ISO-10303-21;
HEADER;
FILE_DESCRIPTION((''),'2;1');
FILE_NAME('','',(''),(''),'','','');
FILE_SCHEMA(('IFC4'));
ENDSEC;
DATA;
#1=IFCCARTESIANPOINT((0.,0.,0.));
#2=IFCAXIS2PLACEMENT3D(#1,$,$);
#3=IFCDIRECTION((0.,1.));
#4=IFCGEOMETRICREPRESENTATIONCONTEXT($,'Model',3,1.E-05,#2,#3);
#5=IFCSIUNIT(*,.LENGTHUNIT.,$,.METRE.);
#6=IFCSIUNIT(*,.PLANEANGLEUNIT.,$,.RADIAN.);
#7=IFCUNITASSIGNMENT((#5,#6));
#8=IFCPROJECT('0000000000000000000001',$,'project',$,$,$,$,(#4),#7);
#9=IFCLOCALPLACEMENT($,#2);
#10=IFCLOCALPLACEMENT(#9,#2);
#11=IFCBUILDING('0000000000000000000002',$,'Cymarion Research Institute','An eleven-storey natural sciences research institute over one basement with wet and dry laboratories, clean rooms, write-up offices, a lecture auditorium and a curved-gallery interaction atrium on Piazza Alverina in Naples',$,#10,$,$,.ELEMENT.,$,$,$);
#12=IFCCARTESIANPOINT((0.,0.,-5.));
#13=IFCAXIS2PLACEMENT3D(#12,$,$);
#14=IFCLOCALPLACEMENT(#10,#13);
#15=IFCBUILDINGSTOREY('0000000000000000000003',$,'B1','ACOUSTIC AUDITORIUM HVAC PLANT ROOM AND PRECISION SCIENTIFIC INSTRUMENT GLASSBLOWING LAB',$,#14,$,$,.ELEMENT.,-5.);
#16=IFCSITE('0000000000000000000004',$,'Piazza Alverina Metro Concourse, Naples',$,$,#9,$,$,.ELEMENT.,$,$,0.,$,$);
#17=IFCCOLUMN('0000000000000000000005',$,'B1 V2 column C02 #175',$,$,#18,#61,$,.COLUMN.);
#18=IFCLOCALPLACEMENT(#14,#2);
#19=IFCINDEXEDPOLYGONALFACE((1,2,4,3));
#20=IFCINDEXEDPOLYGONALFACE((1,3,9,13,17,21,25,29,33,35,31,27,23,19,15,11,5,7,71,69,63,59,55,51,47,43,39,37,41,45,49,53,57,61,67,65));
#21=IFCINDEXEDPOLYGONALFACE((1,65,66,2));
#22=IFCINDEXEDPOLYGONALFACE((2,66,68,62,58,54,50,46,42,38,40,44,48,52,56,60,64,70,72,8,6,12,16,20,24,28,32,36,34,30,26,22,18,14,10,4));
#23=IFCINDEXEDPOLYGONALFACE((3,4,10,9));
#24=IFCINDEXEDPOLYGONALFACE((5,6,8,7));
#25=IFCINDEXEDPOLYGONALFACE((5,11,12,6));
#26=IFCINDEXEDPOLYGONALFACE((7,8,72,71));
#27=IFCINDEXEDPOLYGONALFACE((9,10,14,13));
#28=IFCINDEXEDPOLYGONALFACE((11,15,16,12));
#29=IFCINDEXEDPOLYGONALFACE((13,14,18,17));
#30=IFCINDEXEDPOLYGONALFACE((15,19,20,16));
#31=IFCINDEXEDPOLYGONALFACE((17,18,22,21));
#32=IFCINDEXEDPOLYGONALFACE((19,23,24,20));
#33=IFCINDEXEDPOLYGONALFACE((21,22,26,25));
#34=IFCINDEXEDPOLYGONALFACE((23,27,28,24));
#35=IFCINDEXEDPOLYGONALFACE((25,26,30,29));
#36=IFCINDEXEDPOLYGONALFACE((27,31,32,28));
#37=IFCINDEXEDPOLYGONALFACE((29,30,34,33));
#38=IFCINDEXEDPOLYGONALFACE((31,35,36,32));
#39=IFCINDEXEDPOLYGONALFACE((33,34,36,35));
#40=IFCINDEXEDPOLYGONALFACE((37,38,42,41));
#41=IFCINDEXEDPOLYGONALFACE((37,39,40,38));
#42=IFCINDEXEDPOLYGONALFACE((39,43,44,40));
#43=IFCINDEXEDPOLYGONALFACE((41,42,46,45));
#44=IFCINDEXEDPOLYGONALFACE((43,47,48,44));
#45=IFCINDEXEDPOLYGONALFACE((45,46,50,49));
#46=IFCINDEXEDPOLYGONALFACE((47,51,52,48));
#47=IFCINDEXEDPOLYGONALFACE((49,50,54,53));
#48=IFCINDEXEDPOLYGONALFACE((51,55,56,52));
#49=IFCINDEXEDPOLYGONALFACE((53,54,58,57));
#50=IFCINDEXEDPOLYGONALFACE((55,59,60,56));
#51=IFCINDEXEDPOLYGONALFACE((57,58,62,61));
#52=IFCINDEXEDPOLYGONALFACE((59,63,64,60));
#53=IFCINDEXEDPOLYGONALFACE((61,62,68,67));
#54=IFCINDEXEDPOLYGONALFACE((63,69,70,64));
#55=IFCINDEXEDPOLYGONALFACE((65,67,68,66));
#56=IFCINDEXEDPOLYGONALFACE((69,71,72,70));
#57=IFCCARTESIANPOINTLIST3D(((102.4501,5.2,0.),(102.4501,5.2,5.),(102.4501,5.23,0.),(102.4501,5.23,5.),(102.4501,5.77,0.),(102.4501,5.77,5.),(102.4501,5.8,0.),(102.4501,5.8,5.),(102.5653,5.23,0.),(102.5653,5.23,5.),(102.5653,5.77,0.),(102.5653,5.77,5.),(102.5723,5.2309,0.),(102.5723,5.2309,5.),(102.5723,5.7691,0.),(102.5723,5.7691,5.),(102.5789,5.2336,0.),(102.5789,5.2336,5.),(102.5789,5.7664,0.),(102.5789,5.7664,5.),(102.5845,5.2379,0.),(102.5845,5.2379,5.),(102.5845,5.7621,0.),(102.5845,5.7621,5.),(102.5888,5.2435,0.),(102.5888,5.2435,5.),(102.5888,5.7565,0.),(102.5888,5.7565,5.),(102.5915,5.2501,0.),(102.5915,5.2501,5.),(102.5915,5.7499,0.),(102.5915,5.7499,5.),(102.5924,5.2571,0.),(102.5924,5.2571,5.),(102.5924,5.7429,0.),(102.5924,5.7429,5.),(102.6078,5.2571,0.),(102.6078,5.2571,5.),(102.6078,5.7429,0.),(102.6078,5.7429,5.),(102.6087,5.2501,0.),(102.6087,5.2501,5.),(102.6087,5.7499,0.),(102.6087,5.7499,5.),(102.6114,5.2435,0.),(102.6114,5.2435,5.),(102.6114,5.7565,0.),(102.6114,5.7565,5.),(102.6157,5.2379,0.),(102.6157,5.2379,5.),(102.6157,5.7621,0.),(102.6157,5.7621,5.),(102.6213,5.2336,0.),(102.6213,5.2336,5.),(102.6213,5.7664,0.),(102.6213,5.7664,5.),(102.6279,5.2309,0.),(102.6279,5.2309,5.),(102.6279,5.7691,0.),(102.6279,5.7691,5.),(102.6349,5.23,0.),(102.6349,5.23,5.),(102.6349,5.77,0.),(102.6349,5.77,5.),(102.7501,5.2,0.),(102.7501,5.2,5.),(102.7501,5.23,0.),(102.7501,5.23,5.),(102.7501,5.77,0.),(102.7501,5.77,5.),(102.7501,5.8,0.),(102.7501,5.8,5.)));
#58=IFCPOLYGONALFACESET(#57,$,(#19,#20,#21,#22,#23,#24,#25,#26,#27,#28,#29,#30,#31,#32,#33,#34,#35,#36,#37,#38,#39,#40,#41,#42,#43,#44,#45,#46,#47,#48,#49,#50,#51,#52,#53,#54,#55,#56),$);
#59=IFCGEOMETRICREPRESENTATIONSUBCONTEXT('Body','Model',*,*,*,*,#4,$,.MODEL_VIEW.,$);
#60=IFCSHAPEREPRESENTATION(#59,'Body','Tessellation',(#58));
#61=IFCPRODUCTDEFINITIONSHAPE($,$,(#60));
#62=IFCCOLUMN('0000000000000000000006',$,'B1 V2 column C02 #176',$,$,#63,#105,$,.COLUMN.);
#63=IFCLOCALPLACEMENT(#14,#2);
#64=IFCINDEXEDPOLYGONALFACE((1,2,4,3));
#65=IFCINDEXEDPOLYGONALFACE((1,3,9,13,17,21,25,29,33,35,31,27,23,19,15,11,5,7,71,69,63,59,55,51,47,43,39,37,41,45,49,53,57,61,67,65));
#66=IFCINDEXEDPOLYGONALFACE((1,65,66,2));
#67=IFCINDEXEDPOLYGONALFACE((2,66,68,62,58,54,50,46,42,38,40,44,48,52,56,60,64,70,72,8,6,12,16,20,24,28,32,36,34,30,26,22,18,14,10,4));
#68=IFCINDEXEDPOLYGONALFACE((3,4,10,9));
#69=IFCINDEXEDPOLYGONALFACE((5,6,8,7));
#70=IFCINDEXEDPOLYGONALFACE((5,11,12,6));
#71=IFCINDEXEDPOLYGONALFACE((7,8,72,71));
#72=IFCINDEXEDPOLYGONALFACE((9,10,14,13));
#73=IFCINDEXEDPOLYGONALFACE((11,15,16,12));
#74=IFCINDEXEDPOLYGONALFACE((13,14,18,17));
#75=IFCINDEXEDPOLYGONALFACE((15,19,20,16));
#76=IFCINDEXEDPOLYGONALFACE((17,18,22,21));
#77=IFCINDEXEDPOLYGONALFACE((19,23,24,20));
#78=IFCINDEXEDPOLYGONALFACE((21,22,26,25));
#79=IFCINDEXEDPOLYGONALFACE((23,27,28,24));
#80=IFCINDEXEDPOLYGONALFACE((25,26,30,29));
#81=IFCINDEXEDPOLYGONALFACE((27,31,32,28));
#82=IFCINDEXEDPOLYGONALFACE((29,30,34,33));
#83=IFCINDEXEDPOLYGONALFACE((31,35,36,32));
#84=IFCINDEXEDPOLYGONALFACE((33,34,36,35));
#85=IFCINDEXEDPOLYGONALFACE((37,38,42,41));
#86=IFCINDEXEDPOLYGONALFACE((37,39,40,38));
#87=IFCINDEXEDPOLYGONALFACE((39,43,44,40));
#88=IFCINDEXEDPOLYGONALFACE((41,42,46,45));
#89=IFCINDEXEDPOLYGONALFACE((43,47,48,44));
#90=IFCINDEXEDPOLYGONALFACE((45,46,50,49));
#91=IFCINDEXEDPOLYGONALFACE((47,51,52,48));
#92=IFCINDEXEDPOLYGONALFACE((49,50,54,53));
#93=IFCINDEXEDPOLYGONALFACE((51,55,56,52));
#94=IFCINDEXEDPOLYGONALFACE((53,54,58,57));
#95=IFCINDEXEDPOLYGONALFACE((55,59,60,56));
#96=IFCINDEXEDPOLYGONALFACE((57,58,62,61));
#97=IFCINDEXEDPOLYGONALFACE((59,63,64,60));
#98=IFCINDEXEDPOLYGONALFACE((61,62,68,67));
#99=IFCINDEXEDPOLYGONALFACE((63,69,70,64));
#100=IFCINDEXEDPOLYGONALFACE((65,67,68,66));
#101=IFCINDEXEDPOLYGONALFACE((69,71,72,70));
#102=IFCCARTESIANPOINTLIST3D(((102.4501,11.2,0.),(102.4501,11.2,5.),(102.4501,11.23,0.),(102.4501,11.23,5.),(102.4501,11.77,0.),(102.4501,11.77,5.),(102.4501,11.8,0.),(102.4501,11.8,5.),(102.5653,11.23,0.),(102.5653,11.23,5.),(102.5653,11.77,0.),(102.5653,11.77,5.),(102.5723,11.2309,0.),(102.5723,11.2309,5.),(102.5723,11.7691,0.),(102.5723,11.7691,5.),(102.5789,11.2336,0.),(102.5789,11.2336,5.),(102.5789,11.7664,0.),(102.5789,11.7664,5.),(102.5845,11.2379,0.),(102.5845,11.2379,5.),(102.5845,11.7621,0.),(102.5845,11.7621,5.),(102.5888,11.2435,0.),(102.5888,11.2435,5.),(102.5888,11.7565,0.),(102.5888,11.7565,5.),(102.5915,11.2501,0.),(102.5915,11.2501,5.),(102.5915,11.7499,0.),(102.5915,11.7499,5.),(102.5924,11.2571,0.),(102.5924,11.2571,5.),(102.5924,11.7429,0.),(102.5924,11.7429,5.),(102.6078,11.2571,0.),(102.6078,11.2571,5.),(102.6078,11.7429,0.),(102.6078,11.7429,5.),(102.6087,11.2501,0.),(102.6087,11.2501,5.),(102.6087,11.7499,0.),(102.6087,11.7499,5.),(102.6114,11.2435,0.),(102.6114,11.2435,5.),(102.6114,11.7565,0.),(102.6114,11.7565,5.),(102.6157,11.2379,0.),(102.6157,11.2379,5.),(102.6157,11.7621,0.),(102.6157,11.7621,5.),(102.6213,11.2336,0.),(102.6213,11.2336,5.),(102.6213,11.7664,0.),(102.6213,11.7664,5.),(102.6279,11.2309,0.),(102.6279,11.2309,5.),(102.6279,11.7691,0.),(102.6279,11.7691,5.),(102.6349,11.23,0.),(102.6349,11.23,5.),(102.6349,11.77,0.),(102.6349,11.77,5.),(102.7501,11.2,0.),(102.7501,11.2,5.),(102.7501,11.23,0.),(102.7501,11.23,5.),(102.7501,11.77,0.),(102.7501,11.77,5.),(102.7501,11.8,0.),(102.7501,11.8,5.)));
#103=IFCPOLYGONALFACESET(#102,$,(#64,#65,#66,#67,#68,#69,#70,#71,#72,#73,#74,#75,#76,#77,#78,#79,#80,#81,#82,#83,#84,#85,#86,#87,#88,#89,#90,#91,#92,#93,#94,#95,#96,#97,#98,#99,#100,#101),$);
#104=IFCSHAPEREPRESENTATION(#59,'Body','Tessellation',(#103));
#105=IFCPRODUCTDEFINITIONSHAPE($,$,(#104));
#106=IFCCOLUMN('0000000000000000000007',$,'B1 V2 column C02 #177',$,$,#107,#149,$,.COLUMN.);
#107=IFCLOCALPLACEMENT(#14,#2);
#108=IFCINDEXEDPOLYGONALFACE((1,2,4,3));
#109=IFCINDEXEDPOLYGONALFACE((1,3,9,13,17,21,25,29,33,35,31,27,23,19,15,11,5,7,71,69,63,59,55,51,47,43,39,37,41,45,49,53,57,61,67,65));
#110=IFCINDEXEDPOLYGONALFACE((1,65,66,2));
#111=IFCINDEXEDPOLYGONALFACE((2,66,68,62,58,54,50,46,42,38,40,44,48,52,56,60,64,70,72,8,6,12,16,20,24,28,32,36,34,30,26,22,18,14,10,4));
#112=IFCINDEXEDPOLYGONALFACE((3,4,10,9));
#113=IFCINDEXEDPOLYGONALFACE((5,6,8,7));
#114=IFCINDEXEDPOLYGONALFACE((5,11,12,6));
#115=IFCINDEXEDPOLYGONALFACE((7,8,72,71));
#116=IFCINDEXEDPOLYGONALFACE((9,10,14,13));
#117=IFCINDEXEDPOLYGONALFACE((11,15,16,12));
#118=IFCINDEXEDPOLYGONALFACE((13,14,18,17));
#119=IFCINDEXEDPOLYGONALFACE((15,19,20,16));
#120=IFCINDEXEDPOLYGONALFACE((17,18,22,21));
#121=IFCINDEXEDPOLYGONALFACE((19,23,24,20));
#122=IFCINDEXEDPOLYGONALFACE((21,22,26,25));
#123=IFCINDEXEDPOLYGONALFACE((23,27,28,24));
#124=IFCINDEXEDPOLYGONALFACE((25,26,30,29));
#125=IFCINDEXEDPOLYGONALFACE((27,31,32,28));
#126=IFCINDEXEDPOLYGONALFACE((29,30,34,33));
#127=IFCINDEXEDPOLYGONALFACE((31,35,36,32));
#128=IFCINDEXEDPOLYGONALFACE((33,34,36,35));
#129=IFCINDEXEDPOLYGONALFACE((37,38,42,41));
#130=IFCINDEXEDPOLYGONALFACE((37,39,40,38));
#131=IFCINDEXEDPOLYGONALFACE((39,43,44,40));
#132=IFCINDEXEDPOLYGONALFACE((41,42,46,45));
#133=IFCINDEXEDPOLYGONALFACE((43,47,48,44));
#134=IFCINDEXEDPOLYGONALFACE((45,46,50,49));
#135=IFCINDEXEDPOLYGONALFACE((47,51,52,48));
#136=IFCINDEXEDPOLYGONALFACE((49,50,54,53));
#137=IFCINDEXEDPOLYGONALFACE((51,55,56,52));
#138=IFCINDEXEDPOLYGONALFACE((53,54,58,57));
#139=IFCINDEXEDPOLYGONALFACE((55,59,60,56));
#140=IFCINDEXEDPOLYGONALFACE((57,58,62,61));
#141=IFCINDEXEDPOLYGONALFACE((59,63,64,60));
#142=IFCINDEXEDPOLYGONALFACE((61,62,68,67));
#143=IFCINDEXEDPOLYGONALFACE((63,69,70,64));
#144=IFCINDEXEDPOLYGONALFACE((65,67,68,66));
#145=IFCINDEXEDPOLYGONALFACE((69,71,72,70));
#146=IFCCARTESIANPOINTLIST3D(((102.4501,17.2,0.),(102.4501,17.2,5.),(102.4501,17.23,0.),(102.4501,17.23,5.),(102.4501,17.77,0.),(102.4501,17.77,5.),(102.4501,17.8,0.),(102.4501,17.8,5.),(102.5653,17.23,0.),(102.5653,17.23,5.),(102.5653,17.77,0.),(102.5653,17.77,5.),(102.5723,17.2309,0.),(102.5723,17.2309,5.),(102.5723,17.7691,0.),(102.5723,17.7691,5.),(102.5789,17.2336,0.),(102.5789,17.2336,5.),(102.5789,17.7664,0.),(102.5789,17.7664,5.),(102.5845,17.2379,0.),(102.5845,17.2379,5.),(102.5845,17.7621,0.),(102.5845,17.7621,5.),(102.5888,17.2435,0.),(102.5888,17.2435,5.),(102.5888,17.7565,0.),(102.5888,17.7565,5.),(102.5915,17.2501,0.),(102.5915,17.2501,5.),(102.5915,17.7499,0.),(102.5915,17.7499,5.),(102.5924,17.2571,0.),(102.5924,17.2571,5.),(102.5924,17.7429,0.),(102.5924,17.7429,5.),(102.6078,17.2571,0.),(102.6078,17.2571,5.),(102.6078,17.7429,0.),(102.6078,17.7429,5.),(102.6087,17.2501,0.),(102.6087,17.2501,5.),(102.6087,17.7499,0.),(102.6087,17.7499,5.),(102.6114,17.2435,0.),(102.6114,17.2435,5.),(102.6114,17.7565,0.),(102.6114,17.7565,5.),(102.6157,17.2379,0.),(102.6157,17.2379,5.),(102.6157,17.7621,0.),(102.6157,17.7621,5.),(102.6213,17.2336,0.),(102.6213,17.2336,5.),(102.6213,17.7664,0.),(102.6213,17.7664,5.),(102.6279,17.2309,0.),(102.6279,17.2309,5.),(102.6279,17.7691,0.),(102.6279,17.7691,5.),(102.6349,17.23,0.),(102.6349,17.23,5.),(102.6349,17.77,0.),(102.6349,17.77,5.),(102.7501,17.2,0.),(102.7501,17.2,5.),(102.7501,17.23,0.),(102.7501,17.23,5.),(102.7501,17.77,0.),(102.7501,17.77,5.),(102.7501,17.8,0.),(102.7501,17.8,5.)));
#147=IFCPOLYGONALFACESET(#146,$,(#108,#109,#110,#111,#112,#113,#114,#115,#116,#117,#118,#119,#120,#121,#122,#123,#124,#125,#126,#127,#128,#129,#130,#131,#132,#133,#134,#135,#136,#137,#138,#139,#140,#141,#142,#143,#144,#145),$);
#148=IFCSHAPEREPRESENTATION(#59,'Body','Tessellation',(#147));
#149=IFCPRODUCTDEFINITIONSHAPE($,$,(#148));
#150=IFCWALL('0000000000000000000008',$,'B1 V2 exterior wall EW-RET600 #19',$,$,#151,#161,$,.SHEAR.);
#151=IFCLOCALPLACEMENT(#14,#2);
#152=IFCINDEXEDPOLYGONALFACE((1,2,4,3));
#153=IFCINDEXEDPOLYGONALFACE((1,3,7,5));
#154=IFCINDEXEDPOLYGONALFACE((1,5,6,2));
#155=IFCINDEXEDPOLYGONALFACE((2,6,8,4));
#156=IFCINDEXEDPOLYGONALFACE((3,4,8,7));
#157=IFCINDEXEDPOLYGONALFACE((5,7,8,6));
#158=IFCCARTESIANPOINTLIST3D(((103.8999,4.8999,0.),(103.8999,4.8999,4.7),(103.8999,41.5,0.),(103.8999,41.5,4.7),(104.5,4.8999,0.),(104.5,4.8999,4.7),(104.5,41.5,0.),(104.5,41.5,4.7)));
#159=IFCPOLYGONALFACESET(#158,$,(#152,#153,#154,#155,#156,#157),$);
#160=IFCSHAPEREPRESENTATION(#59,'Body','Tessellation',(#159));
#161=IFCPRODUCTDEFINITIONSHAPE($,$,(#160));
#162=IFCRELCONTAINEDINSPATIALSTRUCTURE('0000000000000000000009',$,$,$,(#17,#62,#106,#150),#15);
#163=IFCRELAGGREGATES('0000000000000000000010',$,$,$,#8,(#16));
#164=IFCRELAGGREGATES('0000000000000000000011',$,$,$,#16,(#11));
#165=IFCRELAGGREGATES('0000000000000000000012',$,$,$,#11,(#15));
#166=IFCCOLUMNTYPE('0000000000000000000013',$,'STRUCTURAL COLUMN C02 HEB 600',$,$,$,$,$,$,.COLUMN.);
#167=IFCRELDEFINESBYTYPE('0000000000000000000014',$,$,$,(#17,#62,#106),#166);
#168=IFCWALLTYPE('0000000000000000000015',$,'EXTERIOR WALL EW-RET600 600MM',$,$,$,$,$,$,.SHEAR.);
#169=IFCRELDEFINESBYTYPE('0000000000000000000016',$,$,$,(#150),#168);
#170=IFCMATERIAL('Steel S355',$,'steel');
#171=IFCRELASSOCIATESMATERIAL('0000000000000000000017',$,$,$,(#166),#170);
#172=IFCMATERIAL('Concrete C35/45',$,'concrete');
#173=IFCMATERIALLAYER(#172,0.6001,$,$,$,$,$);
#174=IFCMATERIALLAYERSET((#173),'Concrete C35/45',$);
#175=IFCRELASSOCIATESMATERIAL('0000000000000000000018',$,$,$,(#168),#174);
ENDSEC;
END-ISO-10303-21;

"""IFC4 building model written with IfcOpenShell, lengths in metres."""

from ifc_helpers import new_model, si_unit, direction, frame, frame_2d, origin, origin_2d, place, context, subcontext, project, spatial, rectangle, i_section, extrude, material, layer, layer_set, material_profile, profile_set, type_object, element, save


model = new_model("IFC4")

# Units and contexts
model_context = context("Model", 3, precision=1e-05, world=origin(), true_north=direction((0.0, 1.0)))
body_context = subcontext(model_context, "Body", "Model", "MODEL_VIEW")
ifc_project = project(units=[si_unit("LENGTHUNIT", "METRE"), si_unit("PLANEANGLEUNIT", "RADIAN")], contexts=[model_context])

# Site, building, storey
site_placement = place(None, origin())
site = spatial("IfcSite", under=ifc_project, at=site_placement, Name="Piazza Alverina Metro Concourse, Naples", CompositionType="ELEMENT", RefElevation=0.0)
building_placement = place(site_placement, origin())
building = spatial("IfcBuilding", under=site, at=building_placement, Name="Cymarion Research Institute", Description="An eleven-storey natural sciences research institute over one basement with wet and dry laboratories, clean rooms, write-up offices, a lecture auditorium and a curved-gallery interaction atrium on Piazza Alverina in Naples", CompositionType="ELEMENT")
storey_placement = place(building_placement, frame((0.0, 0.0, -5.0)))
storey = spatial("IfcBuildingStorey", under=building, at=storey_placement, Name="B1", Description="ACOUSTIC AUDITORIUM HVAC PLANT ROOM AND PRECISION SCIENTIFIC INSTRUMENT GLASSBLOWING LAB", CompositionType="ELEMENT", Elevation=-5.0)

# Shared definitions
ifc_material_1 = material(Name="Concrete C35/45", Category="concrete")

# Columns
ifc_material_2 = material(Name="Steel S355", Category="steel")
ifc_material_profile_1 = material_profile(ifc_material_2, i_section(OverallWidth=0.3, OverallDepth=0.6001, WebThickness=0.0154, FlangeThickness=0.03, FilletRadius=0.0271, at=origin_2d()), Name="HEB 600")
ifc_profile_set_1 = profile_set([ifc_material_profile_1], Name="Steel S355")
column_type = type_object("IfcColumnType", Name="STRUCTURAL COLUMN C02 HEB 600", PredefinedType="COLUMN", material=ifc_profile_set_1)
for number, where, z_axis, x_axis, name in (
    (1, (102.6001, 5.5, 0.0), (0.0, 0.0, 1.0), (1.0, 0.0, 0.0), "B1 V2 column C02 #175"),
    (2, (102.6001, 11.5, 0.0), (0.0, 0.0, 1.0), (1.0, 0.0, 0.0), "B1 V2 column C02 #176"),
    (3, (102.6001, 17.5, 0.0), (0.0, 0.0, 1.0), (1.0, 0.0, 0.0), "B1 V2 column C02 #177"),
):
    element("IfcColumn", number, at=place(storey_placement, frame(where, z_axis=z_axis, x_axis=x_axis)), inside=storey, type_object=column_type, Name=name, PredefinedType="COLUMN", context=body_context, shape_type="SweptSolid", body=[
        extrude(i_section(OverallWidth=0.3, OverallDepth=0.6001, WebThickness=0.0154, FlangeThickness=0.03, FilletRadius=0.0271, at=origin_2d()), origin(), (0.0, 0.0, 1.0), 5.0),
    ])

# Wall
ifc_layer_1 = layer(ifc_material_1, 0.6001)
ifc_layer_set_1 = layer_set([ifc_layer_1], Name="Concrete C35/45")
wall_type_1 = type_object("IfcWallType", Name="EXTERIOR WALL EW-RET600 600MM", PredefinedType="SHEAR", material=ifc_layer_set_1)
wall_1_placement = place(storey_placement, frame((104.2, 4.8999, 0.0), z_axis=(0.0, 0.0, 1.0), x_axis=(0.0, 1.0, 0.0)))
element("IfcWall", 4, at=wall_1_placement, inside=storey, type_object=wall_type_1, Name="B1 V2 exterior wall EW-RET600 #19", PredefinedType="SHEAR", context=body_context, shape_type="SweptSolid", body=[
    extrude(rectangle(XDim=36.6001, YDim=0.6001, at=frame_2d((18.3, 0.0))), origin(), (0.0, 0.0, 1.0), 4.7),
])

save(model, "model.ifc")
